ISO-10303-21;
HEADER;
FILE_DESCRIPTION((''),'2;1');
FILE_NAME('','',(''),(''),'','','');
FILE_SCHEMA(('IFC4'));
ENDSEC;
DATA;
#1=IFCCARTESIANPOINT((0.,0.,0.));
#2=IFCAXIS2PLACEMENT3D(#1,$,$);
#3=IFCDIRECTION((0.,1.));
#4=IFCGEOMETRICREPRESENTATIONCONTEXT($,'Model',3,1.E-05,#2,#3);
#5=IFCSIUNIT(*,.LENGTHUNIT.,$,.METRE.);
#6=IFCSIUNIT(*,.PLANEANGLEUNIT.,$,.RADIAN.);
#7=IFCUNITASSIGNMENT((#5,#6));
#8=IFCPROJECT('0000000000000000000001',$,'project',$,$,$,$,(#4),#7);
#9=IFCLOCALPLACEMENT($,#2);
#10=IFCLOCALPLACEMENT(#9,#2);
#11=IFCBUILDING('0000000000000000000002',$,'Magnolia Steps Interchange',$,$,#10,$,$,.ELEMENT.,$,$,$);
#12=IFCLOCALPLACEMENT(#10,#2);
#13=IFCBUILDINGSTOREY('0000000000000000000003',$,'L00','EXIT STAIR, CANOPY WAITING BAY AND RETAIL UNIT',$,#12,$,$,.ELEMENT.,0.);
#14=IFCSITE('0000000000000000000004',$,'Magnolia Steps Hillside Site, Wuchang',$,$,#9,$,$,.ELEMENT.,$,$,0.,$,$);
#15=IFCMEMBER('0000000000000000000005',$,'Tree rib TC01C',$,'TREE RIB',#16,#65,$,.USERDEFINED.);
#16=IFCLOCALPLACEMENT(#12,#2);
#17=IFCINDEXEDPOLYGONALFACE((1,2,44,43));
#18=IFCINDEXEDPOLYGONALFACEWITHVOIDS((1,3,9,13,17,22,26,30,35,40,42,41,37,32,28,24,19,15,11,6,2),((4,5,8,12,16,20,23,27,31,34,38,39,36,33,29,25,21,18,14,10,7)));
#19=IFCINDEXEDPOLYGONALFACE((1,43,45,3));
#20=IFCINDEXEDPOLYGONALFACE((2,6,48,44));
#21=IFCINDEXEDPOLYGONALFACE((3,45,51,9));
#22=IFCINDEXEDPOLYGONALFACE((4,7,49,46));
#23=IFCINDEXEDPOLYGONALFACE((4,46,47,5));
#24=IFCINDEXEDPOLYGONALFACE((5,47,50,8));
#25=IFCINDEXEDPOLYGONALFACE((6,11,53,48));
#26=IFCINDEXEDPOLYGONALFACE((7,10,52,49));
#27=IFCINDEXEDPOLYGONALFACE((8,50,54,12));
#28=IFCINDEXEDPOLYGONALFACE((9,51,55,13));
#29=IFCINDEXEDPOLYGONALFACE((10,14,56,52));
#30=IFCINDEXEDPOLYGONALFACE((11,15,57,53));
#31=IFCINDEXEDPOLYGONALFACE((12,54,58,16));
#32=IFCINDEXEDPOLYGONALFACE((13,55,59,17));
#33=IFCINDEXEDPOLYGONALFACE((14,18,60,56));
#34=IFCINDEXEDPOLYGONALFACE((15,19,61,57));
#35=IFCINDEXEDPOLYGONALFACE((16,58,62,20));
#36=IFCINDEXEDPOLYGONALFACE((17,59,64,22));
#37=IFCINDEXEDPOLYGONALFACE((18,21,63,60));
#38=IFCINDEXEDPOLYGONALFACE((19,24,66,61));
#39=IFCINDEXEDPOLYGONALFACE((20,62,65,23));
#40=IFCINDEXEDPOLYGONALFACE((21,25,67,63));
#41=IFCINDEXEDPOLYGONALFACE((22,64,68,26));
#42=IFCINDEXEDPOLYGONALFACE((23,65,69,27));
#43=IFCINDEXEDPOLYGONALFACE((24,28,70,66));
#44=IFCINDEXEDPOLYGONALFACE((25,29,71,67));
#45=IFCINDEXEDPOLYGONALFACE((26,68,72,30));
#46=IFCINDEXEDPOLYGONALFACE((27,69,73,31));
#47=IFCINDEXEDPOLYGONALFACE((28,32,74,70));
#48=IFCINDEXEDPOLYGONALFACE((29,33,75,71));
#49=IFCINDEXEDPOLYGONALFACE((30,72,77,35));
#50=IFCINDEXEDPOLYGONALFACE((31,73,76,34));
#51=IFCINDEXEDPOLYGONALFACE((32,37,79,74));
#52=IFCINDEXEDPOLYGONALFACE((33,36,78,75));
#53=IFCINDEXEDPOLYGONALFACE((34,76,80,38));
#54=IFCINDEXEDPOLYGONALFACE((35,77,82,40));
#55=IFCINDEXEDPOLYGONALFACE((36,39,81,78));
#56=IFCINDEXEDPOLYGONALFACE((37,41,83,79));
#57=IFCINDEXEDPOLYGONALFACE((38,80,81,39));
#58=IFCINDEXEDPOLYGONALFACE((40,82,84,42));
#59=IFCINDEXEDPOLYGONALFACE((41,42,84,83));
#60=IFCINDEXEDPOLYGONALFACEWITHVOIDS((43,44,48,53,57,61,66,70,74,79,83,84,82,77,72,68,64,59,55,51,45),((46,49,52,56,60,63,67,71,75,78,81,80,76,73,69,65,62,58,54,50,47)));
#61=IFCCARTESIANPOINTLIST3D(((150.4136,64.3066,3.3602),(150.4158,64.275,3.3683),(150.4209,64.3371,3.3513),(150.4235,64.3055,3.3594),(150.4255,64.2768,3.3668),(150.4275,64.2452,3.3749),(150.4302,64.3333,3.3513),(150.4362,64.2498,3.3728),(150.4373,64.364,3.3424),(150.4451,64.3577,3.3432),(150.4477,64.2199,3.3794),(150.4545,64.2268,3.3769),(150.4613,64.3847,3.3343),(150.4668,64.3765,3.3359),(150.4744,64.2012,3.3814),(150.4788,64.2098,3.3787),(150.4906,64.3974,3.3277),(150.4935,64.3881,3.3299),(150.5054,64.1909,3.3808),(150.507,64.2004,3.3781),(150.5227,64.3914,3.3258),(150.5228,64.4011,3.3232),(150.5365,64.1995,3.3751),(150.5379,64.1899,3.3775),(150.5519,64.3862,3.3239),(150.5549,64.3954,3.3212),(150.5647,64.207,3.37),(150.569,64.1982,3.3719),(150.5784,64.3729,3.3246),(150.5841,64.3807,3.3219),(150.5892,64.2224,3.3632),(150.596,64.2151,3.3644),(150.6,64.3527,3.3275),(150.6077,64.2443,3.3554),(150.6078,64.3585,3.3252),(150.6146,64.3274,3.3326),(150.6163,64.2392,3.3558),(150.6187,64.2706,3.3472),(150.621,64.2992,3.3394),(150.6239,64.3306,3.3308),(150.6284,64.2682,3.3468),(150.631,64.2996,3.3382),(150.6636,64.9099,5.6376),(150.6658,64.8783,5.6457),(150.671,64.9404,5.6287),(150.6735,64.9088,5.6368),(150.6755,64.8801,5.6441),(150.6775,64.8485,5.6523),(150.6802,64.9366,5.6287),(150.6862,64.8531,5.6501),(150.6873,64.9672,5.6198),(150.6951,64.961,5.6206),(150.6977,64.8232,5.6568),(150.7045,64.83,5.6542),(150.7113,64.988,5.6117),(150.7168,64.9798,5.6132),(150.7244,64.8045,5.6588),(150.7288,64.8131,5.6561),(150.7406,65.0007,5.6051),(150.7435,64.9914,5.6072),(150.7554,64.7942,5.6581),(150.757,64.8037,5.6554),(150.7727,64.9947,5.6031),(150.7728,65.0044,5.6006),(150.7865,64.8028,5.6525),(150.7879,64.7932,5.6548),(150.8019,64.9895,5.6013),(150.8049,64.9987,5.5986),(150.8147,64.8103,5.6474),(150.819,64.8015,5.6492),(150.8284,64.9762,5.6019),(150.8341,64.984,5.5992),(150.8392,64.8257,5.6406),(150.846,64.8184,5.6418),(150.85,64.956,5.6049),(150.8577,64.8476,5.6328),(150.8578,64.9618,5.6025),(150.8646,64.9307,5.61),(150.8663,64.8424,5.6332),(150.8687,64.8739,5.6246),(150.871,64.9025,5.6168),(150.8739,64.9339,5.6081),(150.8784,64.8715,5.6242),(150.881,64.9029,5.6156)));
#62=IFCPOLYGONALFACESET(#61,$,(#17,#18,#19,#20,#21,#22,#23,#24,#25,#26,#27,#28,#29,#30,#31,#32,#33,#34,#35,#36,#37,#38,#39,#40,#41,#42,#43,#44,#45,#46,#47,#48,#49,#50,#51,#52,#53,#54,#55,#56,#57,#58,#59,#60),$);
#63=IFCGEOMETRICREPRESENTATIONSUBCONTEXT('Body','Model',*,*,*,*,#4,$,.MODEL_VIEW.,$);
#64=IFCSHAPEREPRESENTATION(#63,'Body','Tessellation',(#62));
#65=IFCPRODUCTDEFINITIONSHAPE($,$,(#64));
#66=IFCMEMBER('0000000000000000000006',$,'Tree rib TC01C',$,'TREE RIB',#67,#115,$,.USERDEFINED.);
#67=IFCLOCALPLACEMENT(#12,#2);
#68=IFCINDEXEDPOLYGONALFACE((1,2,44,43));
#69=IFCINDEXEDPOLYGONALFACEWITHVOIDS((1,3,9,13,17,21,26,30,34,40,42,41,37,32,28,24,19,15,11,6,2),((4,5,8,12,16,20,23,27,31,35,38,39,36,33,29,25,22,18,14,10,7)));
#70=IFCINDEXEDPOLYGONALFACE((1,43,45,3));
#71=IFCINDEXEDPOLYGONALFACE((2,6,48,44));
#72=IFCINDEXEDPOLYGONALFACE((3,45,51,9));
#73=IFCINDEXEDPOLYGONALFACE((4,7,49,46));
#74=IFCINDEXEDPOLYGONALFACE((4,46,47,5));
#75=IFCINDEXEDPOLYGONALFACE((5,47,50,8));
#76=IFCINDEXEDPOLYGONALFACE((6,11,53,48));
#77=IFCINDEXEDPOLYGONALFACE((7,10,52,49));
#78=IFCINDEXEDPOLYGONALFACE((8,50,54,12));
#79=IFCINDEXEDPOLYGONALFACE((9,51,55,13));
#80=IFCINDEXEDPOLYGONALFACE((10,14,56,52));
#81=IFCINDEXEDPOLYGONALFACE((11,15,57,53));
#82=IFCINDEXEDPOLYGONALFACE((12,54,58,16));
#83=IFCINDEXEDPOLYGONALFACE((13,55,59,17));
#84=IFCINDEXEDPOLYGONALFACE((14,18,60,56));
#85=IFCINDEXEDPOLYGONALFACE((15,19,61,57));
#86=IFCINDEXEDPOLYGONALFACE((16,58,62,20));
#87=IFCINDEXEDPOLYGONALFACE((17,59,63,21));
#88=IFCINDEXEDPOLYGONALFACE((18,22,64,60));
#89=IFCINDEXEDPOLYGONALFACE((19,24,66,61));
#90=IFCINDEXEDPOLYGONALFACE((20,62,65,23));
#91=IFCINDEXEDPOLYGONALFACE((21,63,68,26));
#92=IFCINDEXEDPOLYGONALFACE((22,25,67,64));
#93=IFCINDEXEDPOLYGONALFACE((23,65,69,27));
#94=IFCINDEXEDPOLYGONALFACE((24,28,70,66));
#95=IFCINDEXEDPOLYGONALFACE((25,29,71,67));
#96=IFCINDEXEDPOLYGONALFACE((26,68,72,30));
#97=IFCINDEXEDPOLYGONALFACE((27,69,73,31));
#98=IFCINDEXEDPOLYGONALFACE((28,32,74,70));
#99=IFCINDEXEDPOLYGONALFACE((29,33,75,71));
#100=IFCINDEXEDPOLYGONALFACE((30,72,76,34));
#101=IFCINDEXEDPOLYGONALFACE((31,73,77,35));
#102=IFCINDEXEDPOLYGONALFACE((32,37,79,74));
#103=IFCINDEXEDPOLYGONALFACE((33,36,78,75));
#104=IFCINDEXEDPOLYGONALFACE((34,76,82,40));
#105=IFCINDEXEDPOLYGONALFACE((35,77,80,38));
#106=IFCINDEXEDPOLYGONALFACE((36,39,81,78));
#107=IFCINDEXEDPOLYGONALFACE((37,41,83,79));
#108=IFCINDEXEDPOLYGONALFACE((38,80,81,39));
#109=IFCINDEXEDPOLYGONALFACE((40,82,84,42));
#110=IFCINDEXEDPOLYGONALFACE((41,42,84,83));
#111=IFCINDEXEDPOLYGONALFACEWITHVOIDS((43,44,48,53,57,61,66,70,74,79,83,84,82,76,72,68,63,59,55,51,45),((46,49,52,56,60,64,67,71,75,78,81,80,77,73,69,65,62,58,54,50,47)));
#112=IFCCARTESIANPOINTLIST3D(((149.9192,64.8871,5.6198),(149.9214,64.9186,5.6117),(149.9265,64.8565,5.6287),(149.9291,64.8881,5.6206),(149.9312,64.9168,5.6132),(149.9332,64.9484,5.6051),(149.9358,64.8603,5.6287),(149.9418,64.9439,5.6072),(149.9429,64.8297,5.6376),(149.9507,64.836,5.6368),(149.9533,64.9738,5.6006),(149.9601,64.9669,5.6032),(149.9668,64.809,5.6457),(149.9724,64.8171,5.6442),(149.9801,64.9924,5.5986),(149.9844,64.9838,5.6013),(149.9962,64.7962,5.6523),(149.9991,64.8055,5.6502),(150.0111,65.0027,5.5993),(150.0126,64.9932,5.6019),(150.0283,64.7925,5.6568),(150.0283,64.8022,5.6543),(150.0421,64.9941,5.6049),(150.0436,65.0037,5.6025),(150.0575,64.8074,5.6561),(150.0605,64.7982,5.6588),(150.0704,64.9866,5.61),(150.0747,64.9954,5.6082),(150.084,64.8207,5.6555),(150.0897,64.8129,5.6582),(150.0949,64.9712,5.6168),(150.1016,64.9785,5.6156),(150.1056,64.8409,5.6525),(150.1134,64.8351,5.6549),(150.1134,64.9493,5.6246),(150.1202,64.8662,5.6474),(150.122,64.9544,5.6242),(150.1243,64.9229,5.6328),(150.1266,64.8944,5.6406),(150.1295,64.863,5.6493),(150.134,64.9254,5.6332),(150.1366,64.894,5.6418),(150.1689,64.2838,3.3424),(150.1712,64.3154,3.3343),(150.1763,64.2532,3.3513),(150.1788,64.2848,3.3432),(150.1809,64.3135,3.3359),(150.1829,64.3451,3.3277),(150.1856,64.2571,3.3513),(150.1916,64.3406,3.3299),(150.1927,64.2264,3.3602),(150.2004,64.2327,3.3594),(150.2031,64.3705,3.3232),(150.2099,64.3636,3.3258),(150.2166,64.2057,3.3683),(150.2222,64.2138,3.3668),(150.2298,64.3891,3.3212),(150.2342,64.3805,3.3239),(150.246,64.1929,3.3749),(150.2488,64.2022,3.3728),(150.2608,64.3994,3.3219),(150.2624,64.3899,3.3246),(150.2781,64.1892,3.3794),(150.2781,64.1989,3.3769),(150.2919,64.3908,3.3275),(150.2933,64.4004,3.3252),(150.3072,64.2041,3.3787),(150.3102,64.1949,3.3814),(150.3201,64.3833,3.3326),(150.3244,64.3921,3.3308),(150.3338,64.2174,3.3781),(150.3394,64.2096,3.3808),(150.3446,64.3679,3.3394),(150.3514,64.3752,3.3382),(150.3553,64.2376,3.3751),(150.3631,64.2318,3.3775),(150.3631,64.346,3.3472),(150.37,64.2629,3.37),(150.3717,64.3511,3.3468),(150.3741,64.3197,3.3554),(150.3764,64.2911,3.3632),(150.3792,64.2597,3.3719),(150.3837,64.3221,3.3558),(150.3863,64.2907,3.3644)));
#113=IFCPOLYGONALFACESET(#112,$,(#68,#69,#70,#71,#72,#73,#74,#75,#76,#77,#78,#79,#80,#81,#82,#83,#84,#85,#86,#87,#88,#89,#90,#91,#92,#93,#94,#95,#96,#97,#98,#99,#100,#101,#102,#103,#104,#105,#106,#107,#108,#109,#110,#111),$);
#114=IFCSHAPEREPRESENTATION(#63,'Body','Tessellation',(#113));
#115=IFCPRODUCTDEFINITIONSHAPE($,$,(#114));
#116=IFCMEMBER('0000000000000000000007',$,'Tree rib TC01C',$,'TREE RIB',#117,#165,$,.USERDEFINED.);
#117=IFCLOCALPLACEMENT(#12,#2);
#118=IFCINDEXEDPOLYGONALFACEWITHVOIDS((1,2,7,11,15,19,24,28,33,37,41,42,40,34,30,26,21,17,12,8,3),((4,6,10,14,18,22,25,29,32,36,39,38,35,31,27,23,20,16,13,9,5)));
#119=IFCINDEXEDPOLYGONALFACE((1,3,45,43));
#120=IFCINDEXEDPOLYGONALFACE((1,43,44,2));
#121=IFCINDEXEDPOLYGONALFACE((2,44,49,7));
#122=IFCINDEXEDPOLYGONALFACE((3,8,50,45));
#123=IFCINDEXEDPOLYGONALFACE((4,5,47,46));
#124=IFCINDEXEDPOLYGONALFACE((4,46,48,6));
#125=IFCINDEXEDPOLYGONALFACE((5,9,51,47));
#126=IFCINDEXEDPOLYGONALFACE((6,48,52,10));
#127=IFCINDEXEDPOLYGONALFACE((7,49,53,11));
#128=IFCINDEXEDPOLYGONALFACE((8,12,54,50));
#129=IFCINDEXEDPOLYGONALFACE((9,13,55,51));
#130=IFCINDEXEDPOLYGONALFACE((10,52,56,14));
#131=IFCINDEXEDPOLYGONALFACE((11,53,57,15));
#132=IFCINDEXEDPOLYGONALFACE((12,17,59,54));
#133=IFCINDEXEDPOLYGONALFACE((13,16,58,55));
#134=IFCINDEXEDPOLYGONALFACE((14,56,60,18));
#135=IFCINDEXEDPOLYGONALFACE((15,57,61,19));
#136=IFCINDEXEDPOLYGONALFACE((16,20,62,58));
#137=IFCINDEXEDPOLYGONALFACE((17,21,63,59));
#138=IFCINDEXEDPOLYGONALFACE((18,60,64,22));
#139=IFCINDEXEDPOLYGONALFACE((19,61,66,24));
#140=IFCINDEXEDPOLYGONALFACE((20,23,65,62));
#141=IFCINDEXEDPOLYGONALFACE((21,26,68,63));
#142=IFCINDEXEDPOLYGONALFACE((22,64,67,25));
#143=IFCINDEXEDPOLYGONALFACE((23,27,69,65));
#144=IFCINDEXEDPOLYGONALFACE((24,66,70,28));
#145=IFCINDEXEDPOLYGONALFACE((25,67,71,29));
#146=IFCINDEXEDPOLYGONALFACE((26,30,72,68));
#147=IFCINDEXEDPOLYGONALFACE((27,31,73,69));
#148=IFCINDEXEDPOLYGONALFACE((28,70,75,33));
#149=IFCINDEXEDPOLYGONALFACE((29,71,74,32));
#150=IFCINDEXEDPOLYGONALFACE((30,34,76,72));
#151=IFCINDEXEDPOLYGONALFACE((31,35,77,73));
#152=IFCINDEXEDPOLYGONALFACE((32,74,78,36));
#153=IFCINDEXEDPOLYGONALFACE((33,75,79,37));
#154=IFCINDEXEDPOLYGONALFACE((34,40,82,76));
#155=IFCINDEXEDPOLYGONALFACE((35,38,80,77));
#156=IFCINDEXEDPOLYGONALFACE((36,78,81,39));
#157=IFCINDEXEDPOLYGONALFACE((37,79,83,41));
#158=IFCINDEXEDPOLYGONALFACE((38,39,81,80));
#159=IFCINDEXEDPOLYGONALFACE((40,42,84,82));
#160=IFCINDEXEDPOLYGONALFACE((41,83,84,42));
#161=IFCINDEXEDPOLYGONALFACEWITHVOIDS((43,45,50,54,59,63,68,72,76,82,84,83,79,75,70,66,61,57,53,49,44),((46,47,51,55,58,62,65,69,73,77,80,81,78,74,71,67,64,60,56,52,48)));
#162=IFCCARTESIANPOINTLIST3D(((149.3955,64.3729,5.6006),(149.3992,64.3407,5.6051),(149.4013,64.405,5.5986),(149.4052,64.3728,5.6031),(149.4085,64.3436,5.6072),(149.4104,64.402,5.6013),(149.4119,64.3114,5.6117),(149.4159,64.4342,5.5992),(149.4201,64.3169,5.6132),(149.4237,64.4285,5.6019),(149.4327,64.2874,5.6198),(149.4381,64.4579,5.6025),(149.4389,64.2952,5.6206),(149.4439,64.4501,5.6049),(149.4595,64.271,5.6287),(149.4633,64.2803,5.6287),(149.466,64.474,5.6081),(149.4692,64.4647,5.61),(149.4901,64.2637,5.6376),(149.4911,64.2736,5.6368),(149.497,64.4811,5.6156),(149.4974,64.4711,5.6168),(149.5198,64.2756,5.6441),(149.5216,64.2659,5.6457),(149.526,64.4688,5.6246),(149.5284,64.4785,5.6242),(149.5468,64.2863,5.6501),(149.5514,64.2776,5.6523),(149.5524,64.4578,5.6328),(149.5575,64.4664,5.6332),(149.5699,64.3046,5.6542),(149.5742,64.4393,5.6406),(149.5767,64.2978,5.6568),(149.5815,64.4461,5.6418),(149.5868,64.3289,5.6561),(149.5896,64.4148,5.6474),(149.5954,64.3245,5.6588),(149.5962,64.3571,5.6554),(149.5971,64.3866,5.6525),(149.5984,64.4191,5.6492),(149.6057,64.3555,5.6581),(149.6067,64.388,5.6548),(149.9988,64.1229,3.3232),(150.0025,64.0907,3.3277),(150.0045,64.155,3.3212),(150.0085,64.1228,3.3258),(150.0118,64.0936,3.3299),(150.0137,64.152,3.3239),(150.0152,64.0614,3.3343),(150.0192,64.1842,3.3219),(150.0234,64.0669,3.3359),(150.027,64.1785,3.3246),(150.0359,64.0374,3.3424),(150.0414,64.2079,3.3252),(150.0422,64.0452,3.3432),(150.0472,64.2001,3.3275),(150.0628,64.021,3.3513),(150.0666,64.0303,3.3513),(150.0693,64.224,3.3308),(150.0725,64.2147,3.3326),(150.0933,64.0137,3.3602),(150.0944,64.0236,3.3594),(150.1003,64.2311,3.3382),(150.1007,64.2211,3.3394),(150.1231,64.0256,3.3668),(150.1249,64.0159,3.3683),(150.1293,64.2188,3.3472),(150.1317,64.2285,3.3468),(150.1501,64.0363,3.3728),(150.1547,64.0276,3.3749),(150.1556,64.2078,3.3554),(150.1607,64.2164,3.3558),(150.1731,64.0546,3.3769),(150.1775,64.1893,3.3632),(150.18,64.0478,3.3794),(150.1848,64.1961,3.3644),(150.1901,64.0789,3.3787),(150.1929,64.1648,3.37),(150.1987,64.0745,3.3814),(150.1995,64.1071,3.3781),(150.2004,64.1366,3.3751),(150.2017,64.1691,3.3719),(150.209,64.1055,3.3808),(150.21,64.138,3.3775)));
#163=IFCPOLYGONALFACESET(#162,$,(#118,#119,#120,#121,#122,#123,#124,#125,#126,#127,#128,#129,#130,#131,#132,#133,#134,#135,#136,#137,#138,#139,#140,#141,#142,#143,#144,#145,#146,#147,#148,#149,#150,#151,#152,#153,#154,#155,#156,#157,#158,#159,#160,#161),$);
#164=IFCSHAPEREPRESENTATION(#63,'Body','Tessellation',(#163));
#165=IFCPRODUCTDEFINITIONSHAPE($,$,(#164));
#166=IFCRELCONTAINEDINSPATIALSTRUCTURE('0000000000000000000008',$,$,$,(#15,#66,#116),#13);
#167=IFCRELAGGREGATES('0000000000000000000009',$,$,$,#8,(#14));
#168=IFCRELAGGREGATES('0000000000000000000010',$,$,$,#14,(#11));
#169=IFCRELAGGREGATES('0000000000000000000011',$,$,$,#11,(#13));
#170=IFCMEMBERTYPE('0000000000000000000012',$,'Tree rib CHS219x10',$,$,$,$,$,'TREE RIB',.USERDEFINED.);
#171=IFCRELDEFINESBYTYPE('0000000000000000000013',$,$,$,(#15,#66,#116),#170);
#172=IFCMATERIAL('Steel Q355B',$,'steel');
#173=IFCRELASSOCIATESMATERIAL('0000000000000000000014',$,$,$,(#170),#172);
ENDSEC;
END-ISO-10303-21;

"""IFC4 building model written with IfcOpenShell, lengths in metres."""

from ifc_helpers import new_model, si_unit, direction, frame, origin, origin_2d, place, context, subcontext, project, spatial, hollow_circle, extrude, material, material_profile, profile_set, type_object, element, save


model = new_model("IFC4")

# Units and contexts
model_context = context("Model", 3, precision=1e-05, world=origin(), true_north=direction((0.0, 1.0)))
body_context = subcontext(model_context, "Body", "Model", "MODEL_VIEW")
ifc_project = project(units=[si_unit("LENGTHUNIT", "METRE"), si_unit("PLANEANGLEUNIT", "RADIAN")], contexts=[model_context])

# Site, building, storey
site_placement = place(None, origin())
site = spatial("IfcSite", under=ifc_project, at=site_placement, Name="Magnolia Steps Hillside Site, Wuchang", CompositionType="ELEMENT", RefElevation=0.0)
building_placement = place(site_placement, origin())
building = spatial("IfcBuilding", under=site, at=building_placement, Name="Magnolia Steps Interchange", CompositionType="ELEMENT")
storey_placement = place(building_placement, origin())
storey = spatial("IfcBuildingStorey", under=building, at=storey_placement, Name="L00", Description="EXIT STAIR, CANOPY WAITING BAY AND RETAIL UNIT", CompositionType="ELEMENT", Elevation=0.0)

# Members
ifc_material_1 = material(Name="Steel Q355B", Category="steel")
ifc_material_profile_1 = material_profile(ifc_material_1, hollow_circle(Radius=0.1096, WallThickness=0.01, at=origin_2d()), Name="CHS219x10")
ifc_profile_set_1 = profile_set([ifc_material_profile_1], Name="Steel Q355B")
member_type = type_object("IfcMemberType", Name="Tree rib CHS219x10", ElementType="TREE RIB", PredefinedType="USERDEFINED", material=ifc_profile_set_1)
for number, where, z_axis, x_axis, name in (
    (1, (150.5222, 64.2952, 3.3513), (0.105524, 0.254639, 0.961261), (-0.923816, 0.382836, 0.0), "Tree rib TC01C"),
    (2, (150.2776, 64.2952, 3.3513), (-0.105422, 0.254642, 0.961272), (-0.923948, -0.382517, 0.0), "Tree rib TC01C"),
    (3, (150.1047, 64.1223, 3.3513), (-0.254639, 0.105524, 0.961261), (-0.382836, -0.923816, 0.0), "Tree rib TC01C"),
):
    element("IfcMember", number, at=place(storey_placement, frame(where, z_axis=z_axis, x_axis=x_axis)), inside=storey, type_object=member_type, Name=name, ObjectType="TREE RIB", PredefinedType="USERDEFINED", context=body_context, shape_type="SweptSolid", body=[
        extrude(hollow_circle(Radius=0.1096, WallThickness=0.01, at=origin_2d()), origin(), (0.0, 0.0, 1.0), 2.3691),
    ])

save(model, "model.ifc")
